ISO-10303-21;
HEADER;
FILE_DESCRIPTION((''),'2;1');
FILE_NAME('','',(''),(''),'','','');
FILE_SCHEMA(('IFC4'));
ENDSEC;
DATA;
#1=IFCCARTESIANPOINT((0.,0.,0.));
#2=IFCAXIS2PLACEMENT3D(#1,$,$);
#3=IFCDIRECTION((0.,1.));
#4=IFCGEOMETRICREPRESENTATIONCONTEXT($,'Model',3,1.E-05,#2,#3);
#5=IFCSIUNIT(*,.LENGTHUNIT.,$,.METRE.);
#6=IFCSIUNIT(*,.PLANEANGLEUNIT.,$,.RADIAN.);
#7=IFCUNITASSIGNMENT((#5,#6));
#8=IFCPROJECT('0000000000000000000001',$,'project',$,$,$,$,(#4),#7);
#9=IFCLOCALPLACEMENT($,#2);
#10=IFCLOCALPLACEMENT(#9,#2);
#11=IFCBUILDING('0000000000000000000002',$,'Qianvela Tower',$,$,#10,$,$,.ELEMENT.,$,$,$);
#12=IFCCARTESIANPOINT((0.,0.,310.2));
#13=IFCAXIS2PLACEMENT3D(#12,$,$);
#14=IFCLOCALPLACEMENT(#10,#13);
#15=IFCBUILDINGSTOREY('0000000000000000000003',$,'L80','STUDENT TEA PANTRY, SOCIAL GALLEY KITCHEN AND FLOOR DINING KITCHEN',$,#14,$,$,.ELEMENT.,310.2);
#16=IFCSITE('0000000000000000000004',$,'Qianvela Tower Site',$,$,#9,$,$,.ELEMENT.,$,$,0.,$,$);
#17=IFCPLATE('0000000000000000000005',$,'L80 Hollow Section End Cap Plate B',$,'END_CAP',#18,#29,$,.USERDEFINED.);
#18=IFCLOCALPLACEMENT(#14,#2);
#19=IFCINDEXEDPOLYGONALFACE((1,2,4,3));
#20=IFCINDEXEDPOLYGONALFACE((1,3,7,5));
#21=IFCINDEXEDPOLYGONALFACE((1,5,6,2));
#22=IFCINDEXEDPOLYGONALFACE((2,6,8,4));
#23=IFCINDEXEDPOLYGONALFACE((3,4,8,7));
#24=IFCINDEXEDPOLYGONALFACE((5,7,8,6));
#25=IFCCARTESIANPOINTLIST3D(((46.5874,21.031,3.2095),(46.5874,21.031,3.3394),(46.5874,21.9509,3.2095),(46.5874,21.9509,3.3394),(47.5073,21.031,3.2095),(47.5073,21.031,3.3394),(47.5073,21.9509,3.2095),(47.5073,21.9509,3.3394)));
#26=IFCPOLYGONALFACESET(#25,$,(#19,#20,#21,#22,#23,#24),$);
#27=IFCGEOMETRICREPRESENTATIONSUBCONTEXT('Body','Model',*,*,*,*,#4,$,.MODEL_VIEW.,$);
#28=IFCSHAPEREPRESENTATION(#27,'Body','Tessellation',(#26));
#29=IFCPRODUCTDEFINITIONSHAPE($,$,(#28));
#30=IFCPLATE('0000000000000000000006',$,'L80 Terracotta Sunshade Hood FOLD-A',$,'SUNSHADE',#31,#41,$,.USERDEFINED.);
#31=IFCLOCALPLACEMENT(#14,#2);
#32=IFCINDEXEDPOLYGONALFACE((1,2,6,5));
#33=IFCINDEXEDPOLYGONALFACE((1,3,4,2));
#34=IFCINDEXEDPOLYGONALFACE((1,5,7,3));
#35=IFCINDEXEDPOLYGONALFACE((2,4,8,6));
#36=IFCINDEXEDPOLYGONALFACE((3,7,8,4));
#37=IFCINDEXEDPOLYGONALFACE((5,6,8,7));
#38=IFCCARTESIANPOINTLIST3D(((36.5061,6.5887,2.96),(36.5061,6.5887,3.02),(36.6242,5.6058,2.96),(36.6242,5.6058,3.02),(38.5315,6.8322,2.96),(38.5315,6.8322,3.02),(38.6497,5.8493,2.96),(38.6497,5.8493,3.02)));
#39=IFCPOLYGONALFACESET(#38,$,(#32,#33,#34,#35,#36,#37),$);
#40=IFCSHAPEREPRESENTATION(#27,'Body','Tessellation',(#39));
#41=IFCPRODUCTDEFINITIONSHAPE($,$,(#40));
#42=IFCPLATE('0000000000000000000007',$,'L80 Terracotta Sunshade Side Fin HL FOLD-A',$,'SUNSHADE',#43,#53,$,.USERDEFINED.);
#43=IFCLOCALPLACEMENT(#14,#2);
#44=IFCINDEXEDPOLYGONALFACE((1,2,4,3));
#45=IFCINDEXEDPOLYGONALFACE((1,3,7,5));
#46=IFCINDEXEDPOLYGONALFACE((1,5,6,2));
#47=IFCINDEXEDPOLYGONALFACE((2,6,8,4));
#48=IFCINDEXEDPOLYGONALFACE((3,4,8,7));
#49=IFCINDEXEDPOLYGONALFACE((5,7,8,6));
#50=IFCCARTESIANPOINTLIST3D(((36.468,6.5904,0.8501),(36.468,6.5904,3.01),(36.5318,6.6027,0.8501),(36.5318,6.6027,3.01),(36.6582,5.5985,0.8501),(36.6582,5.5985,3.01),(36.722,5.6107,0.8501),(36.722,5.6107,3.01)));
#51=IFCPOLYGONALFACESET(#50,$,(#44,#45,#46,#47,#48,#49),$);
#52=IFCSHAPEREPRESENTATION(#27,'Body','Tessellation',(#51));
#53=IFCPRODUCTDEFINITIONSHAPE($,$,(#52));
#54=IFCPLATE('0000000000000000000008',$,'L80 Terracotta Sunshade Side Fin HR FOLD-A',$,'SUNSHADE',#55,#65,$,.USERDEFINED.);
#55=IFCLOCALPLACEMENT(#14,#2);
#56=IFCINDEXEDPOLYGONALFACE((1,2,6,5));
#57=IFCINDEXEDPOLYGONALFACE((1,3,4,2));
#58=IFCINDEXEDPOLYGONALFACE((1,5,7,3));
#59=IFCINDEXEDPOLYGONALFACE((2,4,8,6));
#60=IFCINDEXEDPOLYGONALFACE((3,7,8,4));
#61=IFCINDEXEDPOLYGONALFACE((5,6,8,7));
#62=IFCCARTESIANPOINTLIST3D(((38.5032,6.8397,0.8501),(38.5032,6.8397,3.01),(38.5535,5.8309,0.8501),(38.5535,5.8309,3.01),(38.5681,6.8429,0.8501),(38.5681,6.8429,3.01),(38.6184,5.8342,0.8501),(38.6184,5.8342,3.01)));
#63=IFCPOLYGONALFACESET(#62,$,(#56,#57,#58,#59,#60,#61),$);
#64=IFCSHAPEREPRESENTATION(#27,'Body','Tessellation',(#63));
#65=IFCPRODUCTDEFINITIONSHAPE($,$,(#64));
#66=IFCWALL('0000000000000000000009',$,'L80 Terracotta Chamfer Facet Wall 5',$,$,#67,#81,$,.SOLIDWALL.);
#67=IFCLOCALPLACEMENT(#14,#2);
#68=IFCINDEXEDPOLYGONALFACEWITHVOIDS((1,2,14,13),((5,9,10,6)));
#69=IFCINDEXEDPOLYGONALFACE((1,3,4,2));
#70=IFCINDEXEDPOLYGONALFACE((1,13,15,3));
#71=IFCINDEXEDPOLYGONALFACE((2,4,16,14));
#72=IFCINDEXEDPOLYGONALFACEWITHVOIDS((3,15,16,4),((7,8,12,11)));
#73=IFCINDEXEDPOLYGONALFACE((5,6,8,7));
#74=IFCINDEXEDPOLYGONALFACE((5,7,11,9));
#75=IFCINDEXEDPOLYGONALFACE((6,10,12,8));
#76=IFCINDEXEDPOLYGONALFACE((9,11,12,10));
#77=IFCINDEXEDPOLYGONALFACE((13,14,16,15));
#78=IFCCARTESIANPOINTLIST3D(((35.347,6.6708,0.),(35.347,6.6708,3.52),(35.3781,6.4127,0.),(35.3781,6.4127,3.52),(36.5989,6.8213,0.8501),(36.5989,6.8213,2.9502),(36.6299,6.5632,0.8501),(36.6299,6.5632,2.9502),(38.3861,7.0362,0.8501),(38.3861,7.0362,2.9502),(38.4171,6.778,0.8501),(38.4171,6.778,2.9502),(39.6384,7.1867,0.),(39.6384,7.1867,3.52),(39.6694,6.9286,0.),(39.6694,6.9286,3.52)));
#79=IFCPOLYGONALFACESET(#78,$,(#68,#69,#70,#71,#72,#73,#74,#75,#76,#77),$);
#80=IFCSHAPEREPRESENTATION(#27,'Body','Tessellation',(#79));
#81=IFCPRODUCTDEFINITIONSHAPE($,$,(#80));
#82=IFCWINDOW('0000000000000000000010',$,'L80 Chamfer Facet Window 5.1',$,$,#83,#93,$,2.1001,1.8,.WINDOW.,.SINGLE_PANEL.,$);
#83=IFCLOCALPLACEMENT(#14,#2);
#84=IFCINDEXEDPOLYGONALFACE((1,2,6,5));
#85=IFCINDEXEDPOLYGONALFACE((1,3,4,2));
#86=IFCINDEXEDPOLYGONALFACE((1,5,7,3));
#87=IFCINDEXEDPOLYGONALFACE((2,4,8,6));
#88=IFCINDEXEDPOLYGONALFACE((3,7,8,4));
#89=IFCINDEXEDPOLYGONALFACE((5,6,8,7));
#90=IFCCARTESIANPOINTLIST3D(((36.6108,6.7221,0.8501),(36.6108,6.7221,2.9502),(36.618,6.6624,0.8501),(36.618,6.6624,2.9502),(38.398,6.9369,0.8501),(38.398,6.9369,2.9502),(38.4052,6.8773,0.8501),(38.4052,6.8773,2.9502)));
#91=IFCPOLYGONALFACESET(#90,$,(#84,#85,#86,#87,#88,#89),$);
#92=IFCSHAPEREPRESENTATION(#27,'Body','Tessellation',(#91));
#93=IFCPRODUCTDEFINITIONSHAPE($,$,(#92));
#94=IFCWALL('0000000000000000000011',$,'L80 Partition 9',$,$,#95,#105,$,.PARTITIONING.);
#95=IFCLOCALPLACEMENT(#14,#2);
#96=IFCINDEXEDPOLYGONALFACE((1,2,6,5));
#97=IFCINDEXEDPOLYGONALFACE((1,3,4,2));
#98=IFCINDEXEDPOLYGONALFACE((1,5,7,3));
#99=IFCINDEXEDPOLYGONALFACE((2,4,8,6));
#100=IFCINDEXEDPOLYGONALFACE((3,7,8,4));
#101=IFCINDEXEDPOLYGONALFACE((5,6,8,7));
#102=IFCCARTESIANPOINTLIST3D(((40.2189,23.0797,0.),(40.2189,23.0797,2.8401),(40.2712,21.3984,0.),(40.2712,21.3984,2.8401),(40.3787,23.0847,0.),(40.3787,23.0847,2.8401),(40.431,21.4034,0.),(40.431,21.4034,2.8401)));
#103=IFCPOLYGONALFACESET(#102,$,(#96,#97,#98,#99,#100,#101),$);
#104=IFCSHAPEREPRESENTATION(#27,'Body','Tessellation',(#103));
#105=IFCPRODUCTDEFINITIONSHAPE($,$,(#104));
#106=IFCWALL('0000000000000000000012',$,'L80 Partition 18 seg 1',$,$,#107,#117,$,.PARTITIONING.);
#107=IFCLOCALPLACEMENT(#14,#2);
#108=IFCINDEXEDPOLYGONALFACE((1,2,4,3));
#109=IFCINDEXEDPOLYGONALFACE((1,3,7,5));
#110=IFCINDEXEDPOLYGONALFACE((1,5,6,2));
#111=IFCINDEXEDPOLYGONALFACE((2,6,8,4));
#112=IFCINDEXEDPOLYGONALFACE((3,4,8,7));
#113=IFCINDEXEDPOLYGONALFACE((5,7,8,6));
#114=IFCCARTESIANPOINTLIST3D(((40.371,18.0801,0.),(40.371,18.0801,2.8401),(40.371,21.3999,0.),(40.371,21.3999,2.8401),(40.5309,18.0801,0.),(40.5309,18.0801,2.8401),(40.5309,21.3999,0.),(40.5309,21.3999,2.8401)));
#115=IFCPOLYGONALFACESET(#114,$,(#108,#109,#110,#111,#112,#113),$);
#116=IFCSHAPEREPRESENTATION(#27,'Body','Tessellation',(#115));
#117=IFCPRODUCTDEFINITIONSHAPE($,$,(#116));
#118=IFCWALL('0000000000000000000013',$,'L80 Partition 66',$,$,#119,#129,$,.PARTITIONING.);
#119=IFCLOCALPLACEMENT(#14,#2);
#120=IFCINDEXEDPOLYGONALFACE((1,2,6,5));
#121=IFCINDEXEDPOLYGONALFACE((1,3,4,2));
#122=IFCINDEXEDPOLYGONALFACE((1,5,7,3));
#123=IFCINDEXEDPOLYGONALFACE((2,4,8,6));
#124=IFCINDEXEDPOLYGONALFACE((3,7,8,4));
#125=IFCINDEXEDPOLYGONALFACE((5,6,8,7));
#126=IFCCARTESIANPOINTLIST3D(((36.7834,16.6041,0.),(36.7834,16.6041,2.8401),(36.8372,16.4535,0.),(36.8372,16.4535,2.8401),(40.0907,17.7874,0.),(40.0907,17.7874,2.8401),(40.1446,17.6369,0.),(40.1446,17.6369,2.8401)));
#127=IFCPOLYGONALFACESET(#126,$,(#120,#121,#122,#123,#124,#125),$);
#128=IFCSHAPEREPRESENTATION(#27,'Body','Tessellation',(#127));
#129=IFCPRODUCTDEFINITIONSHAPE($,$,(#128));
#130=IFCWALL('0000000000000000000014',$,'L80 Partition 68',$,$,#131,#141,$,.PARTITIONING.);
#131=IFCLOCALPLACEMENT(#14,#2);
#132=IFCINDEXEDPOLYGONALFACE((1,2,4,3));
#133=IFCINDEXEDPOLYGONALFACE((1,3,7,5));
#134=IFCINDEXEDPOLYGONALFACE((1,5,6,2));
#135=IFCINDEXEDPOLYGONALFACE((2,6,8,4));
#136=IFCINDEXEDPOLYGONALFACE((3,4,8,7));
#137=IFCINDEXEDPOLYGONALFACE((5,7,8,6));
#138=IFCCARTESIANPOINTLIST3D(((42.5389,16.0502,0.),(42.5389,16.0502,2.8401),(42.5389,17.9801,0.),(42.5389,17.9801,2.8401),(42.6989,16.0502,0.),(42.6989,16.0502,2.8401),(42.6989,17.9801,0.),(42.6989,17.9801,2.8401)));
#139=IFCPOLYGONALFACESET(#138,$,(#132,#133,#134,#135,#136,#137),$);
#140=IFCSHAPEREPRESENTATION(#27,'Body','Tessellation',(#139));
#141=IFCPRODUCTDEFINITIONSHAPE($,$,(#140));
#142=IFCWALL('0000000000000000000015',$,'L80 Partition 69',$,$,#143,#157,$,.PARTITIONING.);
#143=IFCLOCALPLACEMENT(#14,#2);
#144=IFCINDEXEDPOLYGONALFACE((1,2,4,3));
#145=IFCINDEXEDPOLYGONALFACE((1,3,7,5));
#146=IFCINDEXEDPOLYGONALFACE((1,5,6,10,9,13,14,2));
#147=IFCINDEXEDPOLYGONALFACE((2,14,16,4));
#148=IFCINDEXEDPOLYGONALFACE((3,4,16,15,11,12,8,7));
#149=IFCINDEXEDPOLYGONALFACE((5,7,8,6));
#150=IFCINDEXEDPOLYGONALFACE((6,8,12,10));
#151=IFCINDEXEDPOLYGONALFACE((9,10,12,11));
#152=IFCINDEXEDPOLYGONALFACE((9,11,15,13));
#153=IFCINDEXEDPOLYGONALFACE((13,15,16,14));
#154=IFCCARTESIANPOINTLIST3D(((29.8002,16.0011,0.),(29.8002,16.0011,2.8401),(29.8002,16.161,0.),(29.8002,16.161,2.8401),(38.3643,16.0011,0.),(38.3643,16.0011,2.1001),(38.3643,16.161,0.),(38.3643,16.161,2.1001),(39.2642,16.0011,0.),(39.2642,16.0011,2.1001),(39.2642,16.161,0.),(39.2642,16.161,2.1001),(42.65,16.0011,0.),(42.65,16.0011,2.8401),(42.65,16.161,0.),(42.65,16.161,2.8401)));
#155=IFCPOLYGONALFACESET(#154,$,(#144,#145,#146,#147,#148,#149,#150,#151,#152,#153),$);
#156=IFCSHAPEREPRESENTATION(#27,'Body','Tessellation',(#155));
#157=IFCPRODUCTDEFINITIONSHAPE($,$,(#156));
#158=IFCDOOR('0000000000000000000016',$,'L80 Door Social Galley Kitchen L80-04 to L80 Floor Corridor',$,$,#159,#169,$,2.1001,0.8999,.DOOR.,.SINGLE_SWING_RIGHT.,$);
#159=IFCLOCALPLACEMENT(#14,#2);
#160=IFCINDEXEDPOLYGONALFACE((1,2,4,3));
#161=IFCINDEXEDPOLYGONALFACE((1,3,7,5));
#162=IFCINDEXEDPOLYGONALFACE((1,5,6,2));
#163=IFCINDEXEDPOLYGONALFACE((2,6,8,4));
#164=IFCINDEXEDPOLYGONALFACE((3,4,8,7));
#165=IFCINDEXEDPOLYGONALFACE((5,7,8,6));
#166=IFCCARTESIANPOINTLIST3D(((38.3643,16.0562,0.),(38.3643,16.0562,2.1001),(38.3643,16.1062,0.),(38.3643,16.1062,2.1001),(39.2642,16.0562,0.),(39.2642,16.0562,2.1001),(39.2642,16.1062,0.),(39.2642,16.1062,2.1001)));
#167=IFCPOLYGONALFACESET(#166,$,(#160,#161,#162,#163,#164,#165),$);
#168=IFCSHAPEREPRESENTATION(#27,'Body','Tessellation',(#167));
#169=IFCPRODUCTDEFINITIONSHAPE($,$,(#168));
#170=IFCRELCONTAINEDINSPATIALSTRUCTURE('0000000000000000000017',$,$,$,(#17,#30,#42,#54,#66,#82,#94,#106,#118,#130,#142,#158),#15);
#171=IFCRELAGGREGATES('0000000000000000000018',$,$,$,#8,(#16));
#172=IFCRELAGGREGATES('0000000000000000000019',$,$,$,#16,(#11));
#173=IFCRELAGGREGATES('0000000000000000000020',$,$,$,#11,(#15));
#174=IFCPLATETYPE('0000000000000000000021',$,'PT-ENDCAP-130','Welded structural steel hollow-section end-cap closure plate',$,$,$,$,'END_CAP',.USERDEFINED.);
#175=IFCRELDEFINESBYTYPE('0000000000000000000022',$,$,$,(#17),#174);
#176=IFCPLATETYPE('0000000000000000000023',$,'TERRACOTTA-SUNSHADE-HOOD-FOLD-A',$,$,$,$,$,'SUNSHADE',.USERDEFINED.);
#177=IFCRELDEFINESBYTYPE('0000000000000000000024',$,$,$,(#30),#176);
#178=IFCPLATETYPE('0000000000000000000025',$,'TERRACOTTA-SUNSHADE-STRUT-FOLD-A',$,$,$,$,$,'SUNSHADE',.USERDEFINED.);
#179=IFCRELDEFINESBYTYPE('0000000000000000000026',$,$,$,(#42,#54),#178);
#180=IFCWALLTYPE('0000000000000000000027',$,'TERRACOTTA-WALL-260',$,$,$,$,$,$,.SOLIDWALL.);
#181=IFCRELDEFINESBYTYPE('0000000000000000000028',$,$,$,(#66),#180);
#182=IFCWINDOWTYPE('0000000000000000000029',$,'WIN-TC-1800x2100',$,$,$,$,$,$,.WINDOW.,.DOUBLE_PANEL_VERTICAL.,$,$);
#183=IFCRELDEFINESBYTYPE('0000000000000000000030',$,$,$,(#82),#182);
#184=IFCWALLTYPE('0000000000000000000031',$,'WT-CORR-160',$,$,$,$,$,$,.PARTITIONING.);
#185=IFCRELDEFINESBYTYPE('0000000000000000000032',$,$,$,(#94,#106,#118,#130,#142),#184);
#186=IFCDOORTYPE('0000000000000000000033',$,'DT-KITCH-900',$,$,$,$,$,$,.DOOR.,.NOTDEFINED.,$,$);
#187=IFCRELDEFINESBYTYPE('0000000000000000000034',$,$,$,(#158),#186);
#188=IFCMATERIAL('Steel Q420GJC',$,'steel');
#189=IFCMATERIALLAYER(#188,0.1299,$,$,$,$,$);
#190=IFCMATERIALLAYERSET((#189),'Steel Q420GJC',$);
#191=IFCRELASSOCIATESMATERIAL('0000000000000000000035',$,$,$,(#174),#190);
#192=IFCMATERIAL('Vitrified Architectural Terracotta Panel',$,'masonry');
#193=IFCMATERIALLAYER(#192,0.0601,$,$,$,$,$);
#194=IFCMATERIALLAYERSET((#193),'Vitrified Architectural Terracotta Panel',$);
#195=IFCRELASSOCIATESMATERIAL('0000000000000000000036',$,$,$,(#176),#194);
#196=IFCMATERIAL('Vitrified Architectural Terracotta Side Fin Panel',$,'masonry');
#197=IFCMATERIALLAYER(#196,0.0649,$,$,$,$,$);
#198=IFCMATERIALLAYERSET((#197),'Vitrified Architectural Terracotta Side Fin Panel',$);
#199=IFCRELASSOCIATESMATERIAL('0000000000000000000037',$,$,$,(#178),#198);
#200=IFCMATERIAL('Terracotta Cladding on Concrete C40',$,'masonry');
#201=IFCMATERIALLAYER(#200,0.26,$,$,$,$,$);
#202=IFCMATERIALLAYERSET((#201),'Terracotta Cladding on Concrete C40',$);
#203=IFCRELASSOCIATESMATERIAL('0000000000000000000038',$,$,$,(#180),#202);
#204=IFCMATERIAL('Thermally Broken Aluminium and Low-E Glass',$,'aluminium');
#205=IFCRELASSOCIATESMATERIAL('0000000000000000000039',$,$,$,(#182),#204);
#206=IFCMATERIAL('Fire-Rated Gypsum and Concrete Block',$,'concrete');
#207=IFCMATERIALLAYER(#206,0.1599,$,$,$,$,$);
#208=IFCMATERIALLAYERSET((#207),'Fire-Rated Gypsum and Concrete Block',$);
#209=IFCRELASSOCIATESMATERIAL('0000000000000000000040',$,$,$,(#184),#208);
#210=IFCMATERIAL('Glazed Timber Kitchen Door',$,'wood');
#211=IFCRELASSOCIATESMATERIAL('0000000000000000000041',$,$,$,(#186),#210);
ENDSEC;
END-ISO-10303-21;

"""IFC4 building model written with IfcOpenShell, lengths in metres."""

from ifc_helpers import new_model, si_unit, direction, frame, frame_2d, origin, origin_2d, place, context, subcontext, project, spatial, rectangle, extrude, material, layer, layer_set, type_object, element, fill, save


model = new_model("IFC4")

# Units and contexts
model_context = context("Model", 3, precision=1e-05, world=origin(), true_north=direction((0.0, 1.0)))
body_context = subcontext(model_context, "Body", "Model", "MODEL_VIEW")
ifc_project = project(units=[si_unit("LENGTHUNIT", "METRE"), si_unit("PLANEANGLEUNIT", "RADIAN")], contexts=[model_context])

# Site, building, storey
site_placement = place(None, origin())
site = spatial("IfcSite", under=ifc_project, at=site_placement, Name="Qianvela Tower Site", CompositionType="ELEMENT", RefElevation=0.0)
building_placement = place(site_placement, origin())
building = spatial("IfcBuilding", under=site, at=building_placement, Name="Qianvela Tower", CompositionType="ELEMENT")
storey_placement = place(building_placement, frame((0.0, 0.0, 310.2)))
storey = spatial("IfcBuildingStorey", under=building, at=storey_placement, Name="L80", Description="STUDENT TEA PANTRY, SOCIAL GALLEY KITCHEN AND FLOOR DINING KITCHEN", CompositionType="ELEMENT", Elevation=310.2)

# Plates
ifc_material_1 = material(Name="Steel Q420GJC", Category="steel")
ifc_layer_1 = layer(ifc_material_1, 0.1299)
ifc_layer_set_1 = layer_set([ifc_layer_1], Name="Steel Q420GJC")
plate_type_1 = type_object("IfcPlateType", Name="PT-ENDCAP-130", Description="Welded structural steel hollow-section end-cap closure plate", ElementType="END_CAP", PredefinedType="USERDEFINED", material=ifc_layer_set_1)
plate_1_placement = place(storey_placement, frame((47.0474, 21.491, 3.2095), z_axis=(0.0, 0.0, 1.0), x_axis=(1.0, 0.0, 0.0)))
element("IfcPlate", 1, at=plate_1_placement, inside=storey, type_object=plate_type_1, Name="L80 Hollow Section End Cap Plate B", ObjectType="END_CAP", PredefinedType="USERDEFINED", context=body_context, shape_type="SweptSolid", body=[
    extrude(rectangle(XDim=0.9199, YDim=0.9199, at=origin_2d()), origin(), (0.0, 0.0, 1.0), 0.1299),
])
ifc_material_2 = material(Name="Vitrified Architectural Terracotta Panel", Category="masonry")
ifc_layer_2 = layer(ifc_material_2, 0.0601)
ifc_layer_set_2 = layer_set([ifc_layer_2], Name="Vitrified Architectural Terracotta Panel")
plate_type_2 = type_object("IfcPlateType", Name="TERRACOTTA-SUNSHADE-HOOD-FOLD-A", ElementType="SUNSHADE", PredefinedType="USERDEFINED", material=ifc_layer_set_2)
plate_2_placement = place(storey_placement, frame((37.5779, 6.219, 2.96), z_axis=(0.0, 0.0, 1.0), x_axis=(0.992853, 0.119343, 0.0)))
element("IfcPlate", 2, at=plate_2_placement, inside=storey, type_object=plate_type_2, Name="L80 Terracotta Sunshade Hood FOLD-A", ObjectType="SUNSHADE", PredefinedType="USERDEFINED", context=body_context, shape_type="SweptSolid", body=[
    extrude(rectangle(XDim=2.04, YDim=0.99, at=origin_2d()), origin(), (0.0, 0.0, 1.0), 0.0601),
])
ifc_material_3 = material(Name="Vitrified Architectural Terracotta Side Fin Panel", Category="masonry")
ifc_layer_3 = layer(ifc_material_3, 0.0649)
ifc_layer_set_3 = layer_set([ifc_layer_3], Name="Vitrified Architectural Terracotta Side Fin Panel")
plate_type_3 = type_object("IfcPlateType", Name="TERRACOTTA-SUNSHADE-STRUT-FOLD-A", ElementType="SUNSHADE", PredefinedType="USERDEFINED", material=ifc_layer_set_3)
for number, where, z_axis, x_axis, name in (
    (3, (36.595, 6.1006, 0.8501), (0.0, 0.0, 1.0), (0.98211, 0.18831, 0.0), "L80 Terracotta Sunshade Side Fin HL FOLD-A"),
    (4, (38.5608, 6.3369, 0.8501), (0.0, 0.0, 1.0), (0.998759, 0.049795, 0.0), "L80 Terracotta Sunshade Side Fin HR FOLD-A"),
):
    element("IfcPlate", number, at=place(storey_placement, frame(where, z_axis=z_axis, x_axis=x_axis)), inside=storey, type_object=plate_type_3, Name=name, ObjectType="SUNSHADE", PredefinedType="USERDEFINED", context=body_context, shape_type="SweptSolid", body=[
        extrude(rectangle(XDim=0.0649, YDim=1.01, at=origin_2d()), origin(), (0.0, 0.0, 1.0), 2.1599),
    ])

# Wall, opening, window
ifc_material_4 = material(Name="Terracotta Cladding on Concrete C40", Category="masonry")
ifc_layer_4 = layer(ifc_material_4, 0.26)
ifc_layer_set_4 = layer_set([ifc_layer_4], Name="Terracotta Cladding on Concrete C40")
wall_type_1 = type_object("IfcWallType", Name="TERRACOTTA-WALL-260", PredefinedType="SOLIDWALL", material=ifc_layer_set_4)
wall_1_placement = place(storey_placement, frame((35.3625, 6.5417, 0.0), z_axis=(0.0, 0.0, 1.0), x_axis=(0.992852, 0.119355, 0.0)))
wall_1 = element("IfcWall", 5, at=wall_1_placement, inside=storey, type_object=wall_type_1, Name="L80 Terracotta Chamfer Facet Wall 5", PredefinedType="SOLIDWALL", context=body_context, shape_type="SweptSolid", body=[
    extrude(rectangle(XDim=4.3223, YDim=0.26, at=frame_2d((2.1611, 0.0))), origin(), (0.0, 0.0, 1.0), 3.52),
])
opening_1_placement = place(wall_1_placement, frame((1.261, 0.0, 0.8501)))
opening_1 = element("IfcOpeningElement", 6, at=opening_1_placement, cuts=wall_1, PredefinedType="OPENING", context=body_context, shape_type="SweptSolid", body=[
    extrude(rectangle(XDim=1.8, YDim=2.1001, at=frame_2d((0.8999, 1.05))), frame((0.0, 0.1399, 0.0), z_axis=(0.0, -1.0, 0.0), x_axis=(1.0, 0.0, 0.0)), (0.0, 0.0, 1.0), 0.28),
])
ifc_material_5 = material(Name="Thermally Broken Aluminium and Low-E Glass", Category="aluminium")
window_type = type_object("IfcWindowType", Name="WIN-TC-1800x2100", PartitioningType="DOUBLE_PANEL_VERTICAL", PredefinedType="WINDOW", material=ifc_material_5)
window_placement = place(opening_1_placement, origin())
window = element("IfcWindow", 7, at=window_placement, inside=storey, type_object=window_type, Name="L80 Chamfer Facet Window 5.1", OverallHeight=2.1001, OverallWidth=1.8, PartitioningType="SINGLE_PANEL", PredefinedType="WINDOW", context=body_context, shape_type="SweptSolid", body=[
    extrude(rectangle(XDim=1.8, YDim=2.1001, at=frame_2d((0.8999, 1.05))), frame((0.0, 0.03, 0.0), z_axis=(0.0, -1.0, 0.0), x_axis=(1.0, 0.0, 0.0)), (0.0, 0.0, 1.0), 0.0601),
])
fill(opening_1, window)

# Wall
ifc_material_6 = material(Name="Fire-Rated Gypsum and Concrete Block", Category="concrete")
ifc_layer_5 = layer(ifc_material_6, 0.1599)
ifc_layer_set_5 = layer_set([ifc_layer_5], Name="Fire-Rated Gypsum and Concrete Block")
wall_type_2 = type_object("IfcWallType", Name="WT-CORR-160", PredefinedType="PARTITIONING", material=ifc_layer_set_5)
wall_2_placement = place(storey_placement, frame((40.3511, 21.4009, 0.0), z_axis=(0.0, 0.0, 1.0), x_axis=(-0.031058, 0.999518, 0.0)))
element("IfcWall", 8, at=wall_2_placement, inside=storey, type_object=wall_type_2, Name="L80 Partition 9", PredefinedType="PARTITIONING", context=body_context, shape_type="SweptSolid", body=[
    extrude(rectangle(XDim=1.6821, YDim=0.1599, at=frame_2d((0.8411, 0.0))), origin(), (0.0, 0.0, 1.0), 2.8401),
])

# Walls
wall_3_placement = place(storey_placement, frame((40.4509, 18.0801, 0.0), z_axis=(0.0, 0.0, 1.0), x_axis=(0.0, 1.0, 0.0)))
element("IfcWall", 9, at=wall_3_placement, inside=storey, type_object=wall_type_2, Name="L80 Partition 18 seg 1", PredefinedType="PARTITIONING", context=body_context, shape_type="SweptSolid", body=[
    extrude(rectangle(XDim=3.3198, YDim=0.1599, at=frame_2d((1.6599, 0.0))), origin(), (0.0, 0.0, 1.0), 2.8401),
])
wall_4_placement = place(storey_placement, frame((36.8103, 16.5288, 0.0), z_axis=(0.0, 0.0, 1.0), x_axis=(0.941548, 0.336878, 0.0)))
element("IfcWall", 10, at=wall_4_placement, inside=storey, type_object=wall_type_2, Name="L80 Partition 66", PredefinedType="PARTITIONING", context=body_context, shape_type="SweptSolid", body=[
    extrude(rectangle(XDim=3.5127, YDim=0.1599, at=frame_2d((1.7563, 0.0))), origin(), (0.0, 0.0, 1.0), 2.8401),
])
wall_5_placement = place(storey_placement, frame((42.6189, 17.98, 0.0), z_axis=(0.0, 0.0, 1.0), x_axis=(0.0, -1.0, 0.0)))
element("IfcWall", 11, at=wall_5_placement, inside=storey, type_object=wall_type_2, Name="L80 Partition 68", PredefinedType="PARTITIONING", context=body_context, shape_type="SweptSolid", body=[
    extrude(rectangle(XDim=1.9299, YDim=0.1599, at=frame_2d((0.9648, 0.0))), origin(), (0.0, 0.0, 1.0), 2.8401),
])

# Wall, opening, door
wall_6_placement = place(storey_placement, frame((42.6499, 16.0811, 0.0), z_axis=(0.0, 0.0, 1.0), x_axis=(-1.0, 0.0, 0.0)))
wall_6 = element("IfcWall", 12, at=wall_6_placement, inside=storey, type_object=wall_type_2, Name="L80 Partition 69", PredefinedType="PARTITIONING", context=body_context, shape_type="SweptSolid", body=[
    extrude(rectangle(XDim=12.8499, YDim=0.1599, at=frame_2d((6.4248, 0.0))), origin(), (0.0, 0.0, 1.0), 2.8401),
])
opening_2_placement = place(wall_6_placement, frame((3.3857, 0.0, 0.0)))
opening_2 = element("IfcOpeningElement", 13, at=opening_2_placement, cuts=wall_6, PredefinedType="OPENING", context=body_context, shape_type="SweptSolid", body=[
    extrude(rectangle(XDim=0.8999, YDim=2.1001, at=frame_2d((0.45, 1.05))), frame((0.0, 0.0898, 0.0), z_axis=(0.0, -1.0, 0.0), x_axis=(1.0, 0.0, 0.0)), (0.0, 0.0, 1.0), 0.1799),
])
ifc_material_7 = material(Name="Glazed Timber Kitchen Door", Category="wood")
door_type_1 = type_object("IfcDoorType", Name="DT-KITCH-900", OperationType="NOTDEFINED", PredefinedType="DOOR", material=ifc_material_7)
door_1_placement = place(opening_2_placement, origin())
door_1 = element("IfcDoor", 14, at=door_1_placement, inside=storey, type_object=door_type_1, Name="L80 Door Social Galley Kitchen L80-04 to L80 Floor Corridor", OperationType="SINGLE_SWING_RIGHT", OverallHeight=2.1001, OverallWidth=0.8999, PredefinedType="DOOR", context=body_context, shape_type="SweptSolid", body=[
    extrude(rectangle(XDim=0.8999, YDim=2.1001, at=frame_2d((0.45, 1.05))), frame((0.0, 0.0249, 0.0), z_axis=(0.0, -1.0, 0.0), x_axis=(1.0, 0.0, 0.0)), (0.0, 0.0, 1.0), 0.05),
])
fill(opening_2, door_1)

save(model, "model.ifc")
